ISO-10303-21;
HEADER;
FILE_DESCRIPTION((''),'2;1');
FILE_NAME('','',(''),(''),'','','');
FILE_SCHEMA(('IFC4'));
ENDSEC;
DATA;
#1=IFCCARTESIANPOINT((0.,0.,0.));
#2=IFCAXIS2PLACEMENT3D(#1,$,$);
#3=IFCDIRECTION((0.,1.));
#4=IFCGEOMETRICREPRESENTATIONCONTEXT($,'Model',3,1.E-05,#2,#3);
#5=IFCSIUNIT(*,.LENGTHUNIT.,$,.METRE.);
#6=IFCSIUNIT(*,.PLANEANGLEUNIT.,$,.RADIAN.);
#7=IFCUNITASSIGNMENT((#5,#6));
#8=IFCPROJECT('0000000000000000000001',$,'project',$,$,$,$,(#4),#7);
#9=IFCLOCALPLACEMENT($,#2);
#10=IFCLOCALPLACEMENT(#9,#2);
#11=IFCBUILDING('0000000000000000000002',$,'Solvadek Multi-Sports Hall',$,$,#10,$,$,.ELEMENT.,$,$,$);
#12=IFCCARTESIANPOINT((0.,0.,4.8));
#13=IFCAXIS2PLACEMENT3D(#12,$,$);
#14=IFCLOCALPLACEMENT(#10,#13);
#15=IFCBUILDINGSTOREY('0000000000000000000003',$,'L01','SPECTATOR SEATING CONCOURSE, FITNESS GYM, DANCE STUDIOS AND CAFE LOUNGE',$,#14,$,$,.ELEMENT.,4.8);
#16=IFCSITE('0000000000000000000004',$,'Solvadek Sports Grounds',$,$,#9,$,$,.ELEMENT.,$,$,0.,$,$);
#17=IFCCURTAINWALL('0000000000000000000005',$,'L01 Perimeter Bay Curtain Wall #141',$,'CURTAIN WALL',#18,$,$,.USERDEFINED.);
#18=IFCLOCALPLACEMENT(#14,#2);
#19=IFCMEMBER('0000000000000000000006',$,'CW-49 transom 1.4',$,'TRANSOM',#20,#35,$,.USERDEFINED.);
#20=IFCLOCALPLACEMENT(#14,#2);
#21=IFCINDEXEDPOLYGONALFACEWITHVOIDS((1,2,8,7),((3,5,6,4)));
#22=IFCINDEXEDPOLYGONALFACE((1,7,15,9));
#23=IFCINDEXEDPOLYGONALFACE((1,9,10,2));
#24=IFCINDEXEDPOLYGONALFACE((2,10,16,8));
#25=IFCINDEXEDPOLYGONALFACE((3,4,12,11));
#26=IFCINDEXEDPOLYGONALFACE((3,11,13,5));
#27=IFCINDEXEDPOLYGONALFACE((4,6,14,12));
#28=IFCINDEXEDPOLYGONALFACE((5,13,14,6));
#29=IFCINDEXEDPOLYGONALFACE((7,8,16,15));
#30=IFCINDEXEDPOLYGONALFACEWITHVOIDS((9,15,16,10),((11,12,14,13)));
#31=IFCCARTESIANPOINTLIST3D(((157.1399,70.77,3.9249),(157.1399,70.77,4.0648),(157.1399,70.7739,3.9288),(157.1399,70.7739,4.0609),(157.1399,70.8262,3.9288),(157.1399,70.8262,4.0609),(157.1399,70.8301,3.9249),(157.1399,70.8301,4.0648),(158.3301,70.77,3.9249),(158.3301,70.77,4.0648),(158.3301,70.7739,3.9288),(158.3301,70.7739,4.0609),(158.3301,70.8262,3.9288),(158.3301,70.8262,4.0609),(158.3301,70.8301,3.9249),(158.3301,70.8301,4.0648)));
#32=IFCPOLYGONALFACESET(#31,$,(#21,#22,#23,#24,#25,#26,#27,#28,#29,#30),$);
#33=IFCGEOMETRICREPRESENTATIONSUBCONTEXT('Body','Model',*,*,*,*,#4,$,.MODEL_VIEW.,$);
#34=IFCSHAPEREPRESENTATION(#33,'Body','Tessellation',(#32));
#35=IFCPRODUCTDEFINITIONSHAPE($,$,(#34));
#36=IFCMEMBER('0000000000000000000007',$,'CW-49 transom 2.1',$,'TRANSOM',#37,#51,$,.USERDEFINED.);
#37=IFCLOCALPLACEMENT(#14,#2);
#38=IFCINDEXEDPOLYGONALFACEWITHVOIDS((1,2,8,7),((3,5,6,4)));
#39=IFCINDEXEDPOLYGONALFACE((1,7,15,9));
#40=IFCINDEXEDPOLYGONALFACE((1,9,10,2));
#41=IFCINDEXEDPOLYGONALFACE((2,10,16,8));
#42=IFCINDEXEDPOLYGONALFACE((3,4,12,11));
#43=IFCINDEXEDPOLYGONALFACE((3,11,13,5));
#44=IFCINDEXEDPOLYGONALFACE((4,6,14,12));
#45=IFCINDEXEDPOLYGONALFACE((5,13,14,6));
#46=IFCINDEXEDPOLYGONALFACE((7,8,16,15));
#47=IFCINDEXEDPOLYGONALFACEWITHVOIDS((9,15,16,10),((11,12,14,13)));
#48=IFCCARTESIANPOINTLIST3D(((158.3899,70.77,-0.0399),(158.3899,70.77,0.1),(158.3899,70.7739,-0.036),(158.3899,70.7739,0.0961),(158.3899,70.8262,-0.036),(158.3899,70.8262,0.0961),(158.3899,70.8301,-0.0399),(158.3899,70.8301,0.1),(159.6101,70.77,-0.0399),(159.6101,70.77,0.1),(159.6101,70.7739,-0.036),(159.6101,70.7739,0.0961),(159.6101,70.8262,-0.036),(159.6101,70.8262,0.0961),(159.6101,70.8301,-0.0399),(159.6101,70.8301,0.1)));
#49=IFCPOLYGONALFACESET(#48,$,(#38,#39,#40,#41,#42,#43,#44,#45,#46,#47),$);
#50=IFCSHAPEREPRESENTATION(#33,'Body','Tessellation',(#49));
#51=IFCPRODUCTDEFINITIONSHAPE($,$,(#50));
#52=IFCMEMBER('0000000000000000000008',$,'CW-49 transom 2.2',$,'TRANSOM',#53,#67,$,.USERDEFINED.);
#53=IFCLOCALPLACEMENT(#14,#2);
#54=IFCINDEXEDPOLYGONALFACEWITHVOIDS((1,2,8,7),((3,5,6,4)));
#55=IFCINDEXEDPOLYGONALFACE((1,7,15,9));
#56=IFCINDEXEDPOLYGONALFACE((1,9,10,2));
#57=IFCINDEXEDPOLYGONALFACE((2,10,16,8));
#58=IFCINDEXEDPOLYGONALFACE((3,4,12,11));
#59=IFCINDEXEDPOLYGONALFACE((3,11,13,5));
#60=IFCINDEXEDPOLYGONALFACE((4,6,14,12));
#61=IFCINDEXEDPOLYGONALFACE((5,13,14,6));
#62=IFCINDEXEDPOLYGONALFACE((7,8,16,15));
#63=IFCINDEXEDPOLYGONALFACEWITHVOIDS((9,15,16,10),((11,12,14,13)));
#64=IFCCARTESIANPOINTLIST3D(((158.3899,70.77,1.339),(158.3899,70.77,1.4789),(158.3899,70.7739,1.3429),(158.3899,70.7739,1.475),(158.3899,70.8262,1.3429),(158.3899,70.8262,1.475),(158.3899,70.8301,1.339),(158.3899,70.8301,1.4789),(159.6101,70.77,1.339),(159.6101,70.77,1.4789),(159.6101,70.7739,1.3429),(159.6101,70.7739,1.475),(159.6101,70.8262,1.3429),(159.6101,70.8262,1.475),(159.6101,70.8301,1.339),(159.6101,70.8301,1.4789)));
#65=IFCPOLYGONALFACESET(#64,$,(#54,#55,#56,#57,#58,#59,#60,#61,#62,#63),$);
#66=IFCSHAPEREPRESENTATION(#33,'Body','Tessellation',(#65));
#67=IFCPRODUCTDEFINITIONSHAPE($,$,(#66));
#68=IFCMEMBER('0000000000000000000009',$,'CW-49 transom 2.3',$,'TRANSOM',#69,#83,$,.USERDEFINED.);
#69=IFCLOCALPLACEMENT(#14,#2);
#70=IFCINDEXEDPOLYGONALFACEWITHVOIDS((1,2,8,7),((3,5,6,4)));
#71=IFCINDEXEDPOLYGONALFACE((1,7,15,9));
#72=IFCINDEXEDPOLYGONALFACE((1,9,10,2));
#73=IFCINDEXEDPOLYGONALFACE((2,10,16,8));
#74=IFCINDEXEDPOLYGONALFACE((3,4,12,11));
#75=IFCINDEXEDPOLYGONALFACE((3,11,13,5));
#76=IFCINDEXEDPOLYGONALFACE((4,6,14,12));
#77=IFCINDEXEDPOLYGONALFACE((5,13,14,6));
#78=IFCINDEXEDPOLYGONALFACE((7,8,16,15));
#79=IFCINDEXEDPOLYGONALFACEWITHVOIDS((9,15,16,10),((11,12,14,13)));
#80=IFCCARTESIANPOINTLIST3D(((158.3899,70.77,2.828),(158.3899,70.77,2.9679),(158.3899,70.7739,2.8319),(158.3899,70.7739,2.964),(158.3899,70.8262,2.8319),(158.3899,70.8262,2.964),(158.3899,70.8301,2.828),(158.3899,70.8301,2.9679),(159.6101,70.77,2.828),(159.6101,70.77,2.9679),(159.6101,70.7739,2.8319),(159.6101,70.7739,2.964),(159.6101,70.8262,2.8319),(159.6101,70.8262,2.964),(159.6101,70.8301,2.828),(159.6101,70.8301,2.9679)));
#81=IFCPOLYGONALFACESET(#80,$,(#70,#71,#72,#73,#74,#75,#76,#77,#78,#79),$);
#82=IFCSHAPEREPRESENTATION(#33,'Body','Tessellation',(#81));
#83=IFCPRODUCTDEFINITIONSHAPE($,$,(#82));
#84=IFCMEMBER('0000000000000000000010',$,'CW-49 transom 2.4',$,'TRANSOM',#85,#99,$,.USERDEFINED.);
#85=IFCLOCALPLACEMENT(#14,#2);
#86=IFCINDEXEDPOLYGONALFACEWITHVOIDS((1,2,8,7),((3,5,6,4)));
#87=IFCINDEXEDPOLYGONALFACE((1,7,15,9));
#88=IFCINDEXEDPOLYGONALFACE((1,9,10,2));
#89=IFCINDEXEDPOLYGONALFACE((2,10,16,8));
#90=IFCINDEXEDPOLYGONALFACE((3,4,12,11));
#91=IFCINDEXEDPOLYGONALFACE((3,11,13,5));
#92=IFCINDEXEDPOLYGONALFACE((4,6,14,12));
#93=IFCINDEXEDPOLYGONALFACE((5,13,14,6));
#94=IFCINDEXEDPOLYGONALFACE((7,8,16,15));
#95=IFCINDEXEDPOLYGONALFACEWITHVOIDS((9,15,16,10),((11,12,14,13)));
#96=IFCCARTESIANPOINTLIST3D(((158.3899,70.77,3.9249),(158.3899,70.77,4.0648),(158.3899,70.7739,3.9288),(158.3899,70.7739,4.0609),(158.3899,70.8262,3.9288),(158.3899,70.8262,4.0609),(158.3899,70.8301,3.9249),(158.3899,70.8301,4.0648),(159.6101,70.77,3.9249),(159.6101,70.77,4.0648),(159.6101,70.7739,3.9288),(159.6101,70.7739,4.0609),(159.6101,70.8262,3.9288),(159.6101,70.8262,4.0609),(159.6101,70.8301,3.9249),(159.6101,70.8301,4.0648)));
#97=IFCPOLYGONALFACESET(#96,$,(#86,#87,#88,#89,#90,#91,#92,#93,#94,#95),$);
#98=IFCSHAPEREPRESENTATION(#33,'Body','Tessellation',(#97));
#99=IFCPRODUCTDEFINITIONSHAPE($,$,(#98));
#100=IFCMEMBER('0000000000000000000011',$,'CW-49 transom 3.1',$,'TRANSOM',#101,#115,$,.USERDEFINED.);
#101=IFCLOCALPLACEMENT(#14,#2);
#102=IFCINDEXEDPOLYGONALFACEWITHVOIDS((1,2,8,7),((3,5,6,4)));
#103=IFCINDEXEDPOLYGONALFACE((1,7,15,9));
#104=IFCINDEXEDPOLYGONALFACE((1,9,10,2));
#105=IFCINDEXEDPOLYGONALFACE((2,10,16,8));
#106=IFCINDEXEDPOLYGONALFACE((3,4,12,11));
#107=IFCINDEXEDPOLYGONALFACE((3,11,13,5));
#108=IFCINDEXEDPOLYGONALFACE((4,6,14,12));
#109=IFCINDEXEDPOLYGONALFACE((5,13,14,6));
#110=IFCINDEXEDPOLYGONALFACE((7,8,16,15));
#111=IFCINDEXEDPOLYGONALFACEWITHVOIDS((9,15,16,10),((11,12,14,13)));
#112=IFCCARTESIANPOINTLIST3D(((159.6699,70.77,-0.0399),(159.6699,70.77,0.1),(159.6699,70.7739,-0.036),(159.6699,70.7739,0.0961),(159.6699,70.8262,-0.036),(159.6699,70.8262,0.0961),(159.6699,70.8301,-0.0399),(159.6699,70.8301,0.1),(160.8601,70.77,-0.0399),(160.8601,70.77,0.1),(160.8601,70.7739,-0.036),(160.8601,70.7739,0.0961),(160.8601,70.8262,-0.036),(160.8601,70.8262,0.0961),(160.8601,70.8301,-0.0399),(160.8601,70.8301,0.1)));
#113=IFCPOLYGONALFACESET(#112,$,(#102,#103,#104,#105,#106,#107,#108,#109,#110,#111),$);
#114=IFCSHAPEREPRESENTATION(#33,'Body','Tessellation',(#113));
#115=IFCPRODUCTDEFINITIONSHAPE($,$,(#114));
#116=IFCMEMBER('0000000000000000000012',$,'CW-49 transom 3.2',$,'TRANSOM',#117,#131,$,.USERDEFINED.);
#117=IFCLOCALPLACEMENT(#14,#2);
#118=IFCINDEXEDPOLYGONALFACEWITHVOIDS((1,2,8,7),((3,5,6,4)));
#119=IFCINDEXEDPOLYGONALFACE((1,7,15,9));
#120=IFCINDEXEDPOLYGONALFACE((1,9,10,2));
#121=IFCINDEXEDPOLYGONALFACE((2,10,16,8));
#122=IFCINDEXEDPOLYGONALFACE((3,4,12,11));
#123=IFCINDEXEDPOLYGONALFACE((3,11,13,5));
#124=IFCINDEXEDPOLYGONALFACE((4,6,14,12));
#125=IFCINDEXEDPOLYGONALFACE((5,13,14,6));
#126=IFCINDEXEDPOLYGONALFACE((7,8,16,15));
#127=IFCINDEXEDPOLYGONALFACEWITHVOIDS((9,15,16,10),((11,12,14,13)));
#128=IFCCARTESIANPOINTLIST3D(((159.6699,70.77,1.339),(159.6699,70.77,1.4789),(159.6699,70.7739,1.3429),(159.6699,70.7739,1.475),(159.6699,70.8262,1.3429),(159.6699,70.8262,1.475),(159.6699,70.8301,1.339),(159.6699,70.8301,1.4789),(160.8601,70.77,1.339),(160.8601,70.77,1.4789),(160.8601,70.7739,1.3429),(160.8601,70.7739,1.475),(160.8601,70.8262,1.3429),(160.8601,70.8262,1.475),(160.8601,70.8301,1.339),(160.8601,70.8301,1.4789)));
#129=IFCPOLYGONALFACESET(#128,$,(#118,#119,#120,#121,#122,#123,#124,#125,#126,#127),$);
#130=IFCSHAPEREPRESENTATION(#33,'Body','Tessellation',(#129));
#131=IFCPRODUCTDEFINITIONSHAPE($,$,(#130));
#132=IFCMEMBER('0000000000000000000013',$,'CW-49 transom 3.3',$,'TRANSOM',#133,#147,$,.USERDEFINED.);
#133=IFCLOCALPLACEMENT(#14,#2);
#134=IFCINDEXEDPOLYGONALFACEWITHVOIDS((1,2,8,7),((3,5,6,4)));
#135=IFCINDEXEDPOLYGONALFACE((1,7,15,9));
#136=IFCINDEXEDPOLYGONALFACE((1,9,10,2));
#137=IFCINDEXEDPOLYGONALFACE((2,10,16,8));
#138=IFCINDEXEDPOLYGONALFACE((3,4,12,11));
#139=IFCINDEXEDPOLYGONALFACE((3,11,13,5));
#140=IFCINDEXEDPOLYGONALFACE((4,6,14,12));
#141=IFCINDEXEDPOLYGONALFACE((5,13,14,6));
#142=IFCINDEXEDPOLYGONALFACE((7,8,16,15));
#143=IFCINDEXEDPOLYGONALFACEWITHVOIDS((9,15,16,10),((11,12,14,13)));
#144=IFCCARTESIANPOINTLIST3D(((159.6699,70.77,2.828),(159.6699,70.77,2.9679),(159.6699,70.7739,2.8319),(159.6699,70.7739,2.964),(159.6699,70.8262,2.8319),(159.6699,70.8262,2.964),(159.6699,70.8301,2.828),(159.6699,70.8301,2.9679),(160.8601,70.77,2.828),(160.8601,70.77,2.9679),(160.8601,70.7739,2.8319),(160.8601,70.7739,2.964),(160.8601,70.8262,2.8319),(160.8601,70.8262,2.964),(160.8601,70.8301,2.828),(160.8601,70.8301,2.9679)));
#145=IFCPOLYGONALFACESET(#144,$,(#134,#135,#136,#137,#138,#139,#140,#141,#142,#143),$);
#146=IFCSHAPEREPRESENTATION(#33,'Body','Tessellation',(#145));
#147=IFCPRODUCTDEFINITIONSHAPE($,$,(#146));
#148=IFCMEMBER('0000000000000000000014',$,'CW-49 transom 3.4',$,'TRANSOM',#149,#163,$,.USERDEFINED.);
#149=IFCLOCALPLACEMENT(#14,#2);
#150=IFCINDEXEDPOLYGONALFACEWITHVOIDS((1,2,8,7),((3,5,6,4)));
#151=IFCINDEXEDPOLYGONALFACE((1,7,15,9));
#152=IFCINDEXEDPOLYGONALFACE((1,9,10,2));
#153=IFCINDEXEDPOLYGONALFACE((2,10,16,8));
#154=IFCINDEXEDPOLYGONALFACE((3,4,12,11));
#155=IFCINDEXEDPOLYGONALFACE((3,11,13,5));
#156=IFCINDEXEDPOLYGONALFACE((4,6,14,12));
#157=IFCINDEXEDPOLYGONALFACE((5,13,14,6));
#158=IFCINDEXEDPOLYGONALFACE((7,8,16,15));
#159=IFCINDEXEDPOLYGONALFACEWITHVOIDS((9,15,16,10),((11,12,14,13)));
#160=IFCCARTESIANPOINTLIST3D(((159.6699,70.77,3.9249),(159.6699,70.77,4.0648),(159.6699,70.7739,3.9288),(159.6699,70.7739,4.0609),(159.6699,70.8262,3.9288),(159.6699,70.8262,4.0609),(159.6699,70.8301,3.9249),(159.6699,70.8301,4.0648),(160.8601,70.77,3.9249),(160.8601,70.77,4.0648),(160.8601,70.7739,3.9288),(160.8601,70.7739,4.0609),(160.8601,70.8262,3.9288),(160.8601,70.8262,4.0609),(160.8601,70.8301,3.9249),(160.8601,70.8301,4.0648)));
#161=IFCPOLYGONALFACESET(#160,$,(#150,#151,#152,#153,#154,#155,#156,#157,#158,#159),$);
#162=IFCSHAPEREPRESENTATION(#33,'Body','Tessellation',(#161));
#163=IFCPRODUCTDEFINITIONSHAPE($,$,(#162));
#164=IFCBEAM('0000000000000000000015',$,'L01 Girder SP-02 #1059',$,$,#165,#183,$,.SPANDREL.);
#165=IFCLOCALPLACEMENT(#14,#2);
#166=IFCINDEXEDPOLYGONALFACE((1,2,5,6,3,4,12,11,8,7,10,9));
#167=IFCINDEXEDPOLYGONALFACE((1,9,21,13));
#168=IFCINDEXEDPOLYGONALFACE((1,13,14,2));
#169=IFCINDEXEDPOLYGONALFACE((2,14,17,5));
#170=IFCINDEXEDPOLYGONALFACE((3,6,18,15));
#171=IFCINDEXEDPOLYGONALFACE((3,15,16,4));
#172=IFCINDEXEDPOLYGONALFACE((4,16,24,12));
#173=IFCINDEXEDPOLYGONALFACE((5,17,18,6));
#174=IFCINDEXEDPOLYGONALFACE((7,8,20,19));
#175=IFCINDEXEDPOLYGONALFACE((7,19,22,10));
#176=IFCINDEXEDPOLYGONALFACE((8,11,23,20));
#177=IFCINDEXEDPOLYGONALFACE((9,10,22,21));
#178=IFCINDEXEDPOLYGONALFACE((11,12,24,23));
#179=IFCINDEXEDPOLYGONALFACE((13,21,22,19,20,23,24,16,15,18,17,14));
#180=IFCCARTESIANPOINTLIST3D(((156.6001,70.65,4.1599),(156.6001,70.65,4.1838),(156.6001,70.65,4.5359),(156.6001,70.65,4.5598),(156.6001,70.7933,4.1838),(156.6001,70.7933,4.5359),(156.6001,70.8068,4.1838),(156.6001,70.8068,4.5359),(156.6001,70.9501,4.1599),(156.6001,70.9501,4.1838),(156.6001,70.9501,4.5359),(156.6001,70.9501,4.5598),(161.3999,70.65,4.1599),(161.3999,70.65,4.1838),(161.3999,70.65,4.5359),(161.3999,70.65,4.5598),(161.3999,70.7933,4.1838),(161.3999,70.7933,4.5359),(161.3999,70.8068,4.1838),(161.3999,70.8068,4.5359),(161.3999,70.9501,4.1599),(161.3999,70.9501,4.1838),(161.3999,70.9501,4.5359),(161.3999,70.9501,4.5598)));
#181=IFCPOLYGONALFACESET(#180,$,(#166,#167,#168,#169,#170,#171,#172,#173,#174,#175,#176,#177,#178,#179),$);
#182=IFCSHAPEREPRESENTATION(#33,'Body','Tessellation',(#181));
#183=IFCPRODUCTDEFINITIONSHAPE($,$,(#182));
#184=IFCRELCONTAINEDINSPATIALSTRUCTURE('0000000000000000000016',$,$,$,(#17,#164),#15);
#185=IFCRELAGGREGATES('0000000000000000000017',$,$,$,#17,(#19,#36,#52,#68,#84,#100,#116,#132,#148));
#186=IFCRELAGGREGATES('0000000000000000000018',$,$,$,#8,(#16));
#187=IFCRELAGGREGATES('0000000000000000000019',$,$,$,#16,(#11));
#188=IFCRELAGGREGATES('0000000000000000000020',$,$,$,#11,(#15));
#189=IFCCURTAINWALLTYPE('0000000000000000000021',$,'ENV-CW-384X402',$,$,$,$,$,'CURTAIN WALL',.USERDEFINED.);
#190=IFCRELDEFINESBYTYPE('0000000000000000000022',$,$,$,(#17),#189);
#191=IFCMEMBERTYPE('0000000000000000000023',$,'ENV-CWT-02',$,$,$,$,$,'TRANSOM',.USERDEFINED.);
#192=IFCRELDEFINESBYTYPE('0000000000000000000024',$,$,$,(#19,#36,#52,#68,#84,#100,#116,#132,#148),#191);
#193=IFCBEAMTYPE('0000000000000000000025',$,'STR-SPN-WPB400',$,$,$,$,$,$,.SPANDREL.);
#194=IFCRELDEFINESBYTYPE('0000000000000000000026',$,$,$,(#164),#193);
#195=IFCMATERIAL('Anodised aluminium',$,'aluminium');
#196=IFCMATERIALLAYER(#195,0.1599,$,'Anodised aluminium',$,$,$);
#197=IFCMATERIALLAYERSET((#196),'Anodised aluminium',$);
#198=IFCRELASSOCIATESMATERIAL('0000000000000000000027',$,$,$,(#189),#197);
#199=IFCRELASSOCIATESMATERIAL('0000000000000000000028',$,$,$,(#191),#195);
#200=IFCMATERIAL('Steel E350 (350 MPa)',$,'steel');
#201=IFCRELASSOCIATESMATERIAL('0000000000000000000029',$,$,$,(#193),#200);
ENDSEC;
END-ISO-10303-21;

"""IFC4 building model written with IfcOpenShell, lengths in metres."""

from ifc_helpers import new_model, si_unit, direction, frame, origin, origin_2d, place, context, subcontext, project, spatial, hollow_rectangle, i_section, extrude, material, layer, layer_set, material_profile, profile_set, type_object, element, aggregate, save


model = new_model("IFC4")

# Units and contexts
model_context = context("Model", 3, precision=1e-05, world=origin(), true_north=direction((0.0, 1.0)))
body_context = subcontext(model_context, "Body", "Model", "MODEL_VIEW")
ifc_project = project(units=[si_unit("LENGTHUNIT", "METRE"), si_unit("PLANEANGLEUNIT", "RADIAN")], contexts=[model_context])

# Site, building, storey
site_placement = place(None, origin())
site = spatial("IfcSite", under=ifc_project, at=site_placement, Name="Solvadek Sports Grounds", CompositionType="ELEMENT", RefElevation=0.0)
building_placement = place(site_placement, origin())
building = spatial("IfcBuilding", under=site, at=building_placement, Name="Solvadek Multi-Sports Hall", CompositionType="ELEMENT")
storey_placement = place(building_placement, frame((0.0, 0.0, 4.8)))
storey = spatial("IfcBuildingStorey", under=building, at=storey_placement, Name="L01", Description="SPECTATOR SEATING CONCOURSE, FITNESS GYM, DANCE STUDIOS AND CAFE LOUNGE", CompositionType="ELEMENT", Elevation=4.8)

# Shared definitions
ifc_material_1 = material(Name="Steel E350 (350 MPa)", Category="steel")

# Curtain wall
ifc_material_2 = material(Name="Anodised aluminium", Category="aluminium")
ifc_layer_1 = layer(ifc_material_2, 0.1599, Name="Anodised aluminium")
ifc_layer_set_1 = layer_set([ifc_layer_1], Name="Anodised aluminium")
curtain_wall_type_1 = type_object("IfcCurtainWallType", Name="ENV-CW-384X402", ElementType="CURTAIN WALL", PredefinedType="USERDEFINED", material=ifc_layer_set_1)
curtain_wall_1_placement = place(storey_placement, origin())
curtain_wall_1 = element("IfcCurtainWall", 1, at=curtain_wall_1_placement, inside=storey, type_object=curtain_wall_type_1, Name="L01 Perimeter Bay Curtain Wall #141", ObjectType="CURTAIN WALL", PredefinedType="USERDEFINED")

# Members
ifc_material_profile_1 = material_profile(ifc_material_2, hollow_rectangle(XDim=0.0601, YDim=0.1399, WallThickness=0.0039, at=origin_2d()), Name="ALU-T 140x60x4")
ifc_profile_set_1 = profile_set([ifc_material_profile_1], Name="Anodised aluminium")
member_type_1 = type_object("IfcMemberType", Name="ENV-CWT-02", ElementType="TRANSOM", PredefinedType="USERDEFINED", material=ifc_profile_set_1)
member_1_placement = place(storey_placement, frame((157.1399, 70.8, 3.9949), z_axis=(1.0, 0.0, 0.0), x_axis=(0.0, 1.0, 0.0)))
member_1 = element("IfcMember", 2, at=member_1_placement, type_object=member_type_1, Name="CW-49 transom 1.4", ObjectType="TRANSOM", PredefinedType="USERDEFINED", context=body_context, shape_type="SweptSolid", body=[
    extrude(hollow_rectangle(XDim=0.0601, YDim=0.1399, WallThickness=0.0039, at=origin_2d()), origin(), (0.0, 0.0, 1.0), 1.1902),
])
member_2_placement = place(storey_placement, frame((158.3899, 70.8, 0.03), z_axis=(1.0, 0.0, 0.0), x_axis=(0.0, 1.0, 0.0)))
member_2 = element("IfcMember", 3, at=member_2_placement, type_object=member_type_1, Name="CW-49 transom 2.1", ObjectType="TRANSOM", PredefinedType="USERDEFINED", context=body_context, shape_type="SweptSolid", body=[
    extrude(hollow_rectangle(XDim=0.0601, YDim=0.1399, WallThickness=0.0039, at=origin_2d()), origin(), (0.0, 0.0, 1.0), 1.2202),
])
member_3_placement = place(storey_placement, frame((158.3899, 70.8, 1.4089), z_axis=(1.0, 0.0, 0.0), x_axis=(0.0, 1.0, 0.0)))
member_3 = element("IfcMember", 4, at=member_3_placement, type_object=member_type_1, Name="CW-49 transom 2.2", ObjectType="TRANSOM", PredefinedType="USERDEFINED", context=body_context, shape_type="SweptSolid", body=[
    extrude(hollow_rectangle(XDim=0.0601, YDim=0.1399, WallThickness=0.0039, at=origin_2d()), origin(), (0.0, 0.0, 1.0), 1.2202),
])
member_4_placement = place(storey_placement, frame((158.3899, 70.8, 2.8979), z_axis=(1.0, 0.0, 0.0), x_axis=(0.0, 1.0, 0.0)))
member_4 = element("IfcMember", 5, at=member_4_placement, type_object=member_type_1, Name="CW-49 transom 2.3", ObjectType="TRANSOM", PredefinedType="USERDEFINED", context=body_context, shape_type="SweptSolid", body=[
    extrude(hollow_rectangle(XDim=0.0601, YDim=0.1399, WallThickness=0.0039, at=origin_2d()), origin(), (0.0, 0.0, 1.0), 1.2202),
])
member_5_placement = place(storey_placement, frame((158.3899, 70.8, 3.9949), z_axis=(1.0, 0.0, 0.0), x_axis=(0.0, 1.0, 0.0)))
member_5 = element("IfcMember", 6, at=member_5_placement, type_object=member_type_1, Name="CW-49 transom 2.4", ObjectType="TRANSOM", PredefinedType="USERDEFINED", context=body_context, shape_type="SweptSolid", body=[
    extrude(hollow_rectangle(XDim=0.0601, YDim=0.1399, WallThickness=0.0039, at=origin_2d()), origin(), (0.0, 0.0, 1.0), 1.2202),
])
member_6_placement = place(storey_placement, frame((159.6699, 70.8, 0.03), z_axis=(1.0, 0.0, 0.0), x_axis=(0.0, 1.0, 0.0)))
member_6 = element("IfcMember", 7, at=member_6_placement, type_object=member_type_1, Name="CW-49 transom 3.1", ObjectType="TRANSOM", PredefinedType="USERDEFINED", context=body_context, shape_type="SweptSolid", body=[
    extrude(hollow_rectangle(XDim=0.0601, YDim=0.1399, WallThickness=0.0039, at=origin_2d()), origin(), (0.0, 0.0, 1.0), 1.1902),
])
member_7_placement = place(storey_placement, frame((159.6699, 70.8, 1.4089), z_axis=(1.0, 0.0, 0.0), x_axis=(0.0, 1.0, 0.0)))
member_7 = element("IfcMember", 8, at=member_7_placement, type_object=member_type_1, Name="CW-49 transom 3.2", ObjectType="TRANSOM", PredefinedType="USERDEFINED", context=body_context, shape_type="SweptSolid", body=[
    extrude(hollow_rectangle(XDim=0.0601, YDim=0.1399, WallThickness=0.0039, at=origin_2d()), origin(), (0.0, 0.0, 1.0), 1.1902),
])
member_8_placement = place(storey_placement, frame((159.6699, 70.8, 2.8979), z_axis=(1.0, 0.0, 0.0), x_axis=(0.0, 1.0, 0.0)))
member_8 = element("IfcMember", 9, at=member_8_placement, type_object=member_type_1, Name="CW-49 transom 3.3", ObjectType="TRANSOM", PredefinedType="USERDEFINED", context=body_context, shape_type="SweptSolid", body=[
    extrude(hollow_rectangle(XDim=0.0601, YDim=0.1399, WallThickness=0.0039, at=origin_2d()), origin(), (0.0, 0.0, 1.0), 1.1902),
])
member_9_placement = place(storey_placement, frame((159.6699, 70.8, 3.9949), z_axis=(1.0, 0.0, 0.0), x_axis=(0.0, 1.0, 0.0)))
member_9 = element("IfcMember", 10, at=member_9_placement, type_object=member_type_1, Name="CW-49 transom 3.4", ObjectType="TRANSOM", PredefinedType="USERDEFINED", context=body_context, shape_type="SweptSolid", body=[
    extrude(hollow_rectangle(XDim=0.0601, YDim=0.1399, WallThickness=0.0039, at=origin_2d()), origin(), (0.0, 0.0, 1.0), 1.1902),
])

# Beam
ifc_material_profile_2 = material_profile(ifc_material_1, i_section(OverallWidth=0.3, OverallDepth=0.3999, WebThickness=0.0134, FlangeThickness=0.0239, at=origin_2d()), Name="WPB 400")
ifc_profile_set_2 = profile_set([ifc_material_profile_2], Name="Steel E350 (350 MPa)")
beam_type = type_object("IfcBeamType", Name="STR-SPN-WPB400", PredefinedType="SPANDREL", material=ifc_profile_set_2)
beam_placement = place(storey_placement, frame((156.6001, 70.8, 4.3599), z_axis=(1.0, 0.0, 0.0), x_axis=(0.0, 1.0, 0.0)))
element("IfcBeam", 11, at=beam_placement, inside=storey, type_object=beam_type, Name="L01 Girder SP-02 #1059", PredefinedType="SPANDREL", context=body_context, shape_type="SweptSolid", body=[
    extrude(i_section(OverallWidth=0.3, OverallDepth=0.3999, WebThickness=0.0134, FlangeThickness=0.0239, at=origin_2d()), origin(), (0.0, 0.0, 1.0), 4.7998),
])

aggregate(curtain_wall_1, [member_1, member_2, member_3, member_4, member_5, member_6, member_7, member_8, member_9])

save(model, "model.ifc")
